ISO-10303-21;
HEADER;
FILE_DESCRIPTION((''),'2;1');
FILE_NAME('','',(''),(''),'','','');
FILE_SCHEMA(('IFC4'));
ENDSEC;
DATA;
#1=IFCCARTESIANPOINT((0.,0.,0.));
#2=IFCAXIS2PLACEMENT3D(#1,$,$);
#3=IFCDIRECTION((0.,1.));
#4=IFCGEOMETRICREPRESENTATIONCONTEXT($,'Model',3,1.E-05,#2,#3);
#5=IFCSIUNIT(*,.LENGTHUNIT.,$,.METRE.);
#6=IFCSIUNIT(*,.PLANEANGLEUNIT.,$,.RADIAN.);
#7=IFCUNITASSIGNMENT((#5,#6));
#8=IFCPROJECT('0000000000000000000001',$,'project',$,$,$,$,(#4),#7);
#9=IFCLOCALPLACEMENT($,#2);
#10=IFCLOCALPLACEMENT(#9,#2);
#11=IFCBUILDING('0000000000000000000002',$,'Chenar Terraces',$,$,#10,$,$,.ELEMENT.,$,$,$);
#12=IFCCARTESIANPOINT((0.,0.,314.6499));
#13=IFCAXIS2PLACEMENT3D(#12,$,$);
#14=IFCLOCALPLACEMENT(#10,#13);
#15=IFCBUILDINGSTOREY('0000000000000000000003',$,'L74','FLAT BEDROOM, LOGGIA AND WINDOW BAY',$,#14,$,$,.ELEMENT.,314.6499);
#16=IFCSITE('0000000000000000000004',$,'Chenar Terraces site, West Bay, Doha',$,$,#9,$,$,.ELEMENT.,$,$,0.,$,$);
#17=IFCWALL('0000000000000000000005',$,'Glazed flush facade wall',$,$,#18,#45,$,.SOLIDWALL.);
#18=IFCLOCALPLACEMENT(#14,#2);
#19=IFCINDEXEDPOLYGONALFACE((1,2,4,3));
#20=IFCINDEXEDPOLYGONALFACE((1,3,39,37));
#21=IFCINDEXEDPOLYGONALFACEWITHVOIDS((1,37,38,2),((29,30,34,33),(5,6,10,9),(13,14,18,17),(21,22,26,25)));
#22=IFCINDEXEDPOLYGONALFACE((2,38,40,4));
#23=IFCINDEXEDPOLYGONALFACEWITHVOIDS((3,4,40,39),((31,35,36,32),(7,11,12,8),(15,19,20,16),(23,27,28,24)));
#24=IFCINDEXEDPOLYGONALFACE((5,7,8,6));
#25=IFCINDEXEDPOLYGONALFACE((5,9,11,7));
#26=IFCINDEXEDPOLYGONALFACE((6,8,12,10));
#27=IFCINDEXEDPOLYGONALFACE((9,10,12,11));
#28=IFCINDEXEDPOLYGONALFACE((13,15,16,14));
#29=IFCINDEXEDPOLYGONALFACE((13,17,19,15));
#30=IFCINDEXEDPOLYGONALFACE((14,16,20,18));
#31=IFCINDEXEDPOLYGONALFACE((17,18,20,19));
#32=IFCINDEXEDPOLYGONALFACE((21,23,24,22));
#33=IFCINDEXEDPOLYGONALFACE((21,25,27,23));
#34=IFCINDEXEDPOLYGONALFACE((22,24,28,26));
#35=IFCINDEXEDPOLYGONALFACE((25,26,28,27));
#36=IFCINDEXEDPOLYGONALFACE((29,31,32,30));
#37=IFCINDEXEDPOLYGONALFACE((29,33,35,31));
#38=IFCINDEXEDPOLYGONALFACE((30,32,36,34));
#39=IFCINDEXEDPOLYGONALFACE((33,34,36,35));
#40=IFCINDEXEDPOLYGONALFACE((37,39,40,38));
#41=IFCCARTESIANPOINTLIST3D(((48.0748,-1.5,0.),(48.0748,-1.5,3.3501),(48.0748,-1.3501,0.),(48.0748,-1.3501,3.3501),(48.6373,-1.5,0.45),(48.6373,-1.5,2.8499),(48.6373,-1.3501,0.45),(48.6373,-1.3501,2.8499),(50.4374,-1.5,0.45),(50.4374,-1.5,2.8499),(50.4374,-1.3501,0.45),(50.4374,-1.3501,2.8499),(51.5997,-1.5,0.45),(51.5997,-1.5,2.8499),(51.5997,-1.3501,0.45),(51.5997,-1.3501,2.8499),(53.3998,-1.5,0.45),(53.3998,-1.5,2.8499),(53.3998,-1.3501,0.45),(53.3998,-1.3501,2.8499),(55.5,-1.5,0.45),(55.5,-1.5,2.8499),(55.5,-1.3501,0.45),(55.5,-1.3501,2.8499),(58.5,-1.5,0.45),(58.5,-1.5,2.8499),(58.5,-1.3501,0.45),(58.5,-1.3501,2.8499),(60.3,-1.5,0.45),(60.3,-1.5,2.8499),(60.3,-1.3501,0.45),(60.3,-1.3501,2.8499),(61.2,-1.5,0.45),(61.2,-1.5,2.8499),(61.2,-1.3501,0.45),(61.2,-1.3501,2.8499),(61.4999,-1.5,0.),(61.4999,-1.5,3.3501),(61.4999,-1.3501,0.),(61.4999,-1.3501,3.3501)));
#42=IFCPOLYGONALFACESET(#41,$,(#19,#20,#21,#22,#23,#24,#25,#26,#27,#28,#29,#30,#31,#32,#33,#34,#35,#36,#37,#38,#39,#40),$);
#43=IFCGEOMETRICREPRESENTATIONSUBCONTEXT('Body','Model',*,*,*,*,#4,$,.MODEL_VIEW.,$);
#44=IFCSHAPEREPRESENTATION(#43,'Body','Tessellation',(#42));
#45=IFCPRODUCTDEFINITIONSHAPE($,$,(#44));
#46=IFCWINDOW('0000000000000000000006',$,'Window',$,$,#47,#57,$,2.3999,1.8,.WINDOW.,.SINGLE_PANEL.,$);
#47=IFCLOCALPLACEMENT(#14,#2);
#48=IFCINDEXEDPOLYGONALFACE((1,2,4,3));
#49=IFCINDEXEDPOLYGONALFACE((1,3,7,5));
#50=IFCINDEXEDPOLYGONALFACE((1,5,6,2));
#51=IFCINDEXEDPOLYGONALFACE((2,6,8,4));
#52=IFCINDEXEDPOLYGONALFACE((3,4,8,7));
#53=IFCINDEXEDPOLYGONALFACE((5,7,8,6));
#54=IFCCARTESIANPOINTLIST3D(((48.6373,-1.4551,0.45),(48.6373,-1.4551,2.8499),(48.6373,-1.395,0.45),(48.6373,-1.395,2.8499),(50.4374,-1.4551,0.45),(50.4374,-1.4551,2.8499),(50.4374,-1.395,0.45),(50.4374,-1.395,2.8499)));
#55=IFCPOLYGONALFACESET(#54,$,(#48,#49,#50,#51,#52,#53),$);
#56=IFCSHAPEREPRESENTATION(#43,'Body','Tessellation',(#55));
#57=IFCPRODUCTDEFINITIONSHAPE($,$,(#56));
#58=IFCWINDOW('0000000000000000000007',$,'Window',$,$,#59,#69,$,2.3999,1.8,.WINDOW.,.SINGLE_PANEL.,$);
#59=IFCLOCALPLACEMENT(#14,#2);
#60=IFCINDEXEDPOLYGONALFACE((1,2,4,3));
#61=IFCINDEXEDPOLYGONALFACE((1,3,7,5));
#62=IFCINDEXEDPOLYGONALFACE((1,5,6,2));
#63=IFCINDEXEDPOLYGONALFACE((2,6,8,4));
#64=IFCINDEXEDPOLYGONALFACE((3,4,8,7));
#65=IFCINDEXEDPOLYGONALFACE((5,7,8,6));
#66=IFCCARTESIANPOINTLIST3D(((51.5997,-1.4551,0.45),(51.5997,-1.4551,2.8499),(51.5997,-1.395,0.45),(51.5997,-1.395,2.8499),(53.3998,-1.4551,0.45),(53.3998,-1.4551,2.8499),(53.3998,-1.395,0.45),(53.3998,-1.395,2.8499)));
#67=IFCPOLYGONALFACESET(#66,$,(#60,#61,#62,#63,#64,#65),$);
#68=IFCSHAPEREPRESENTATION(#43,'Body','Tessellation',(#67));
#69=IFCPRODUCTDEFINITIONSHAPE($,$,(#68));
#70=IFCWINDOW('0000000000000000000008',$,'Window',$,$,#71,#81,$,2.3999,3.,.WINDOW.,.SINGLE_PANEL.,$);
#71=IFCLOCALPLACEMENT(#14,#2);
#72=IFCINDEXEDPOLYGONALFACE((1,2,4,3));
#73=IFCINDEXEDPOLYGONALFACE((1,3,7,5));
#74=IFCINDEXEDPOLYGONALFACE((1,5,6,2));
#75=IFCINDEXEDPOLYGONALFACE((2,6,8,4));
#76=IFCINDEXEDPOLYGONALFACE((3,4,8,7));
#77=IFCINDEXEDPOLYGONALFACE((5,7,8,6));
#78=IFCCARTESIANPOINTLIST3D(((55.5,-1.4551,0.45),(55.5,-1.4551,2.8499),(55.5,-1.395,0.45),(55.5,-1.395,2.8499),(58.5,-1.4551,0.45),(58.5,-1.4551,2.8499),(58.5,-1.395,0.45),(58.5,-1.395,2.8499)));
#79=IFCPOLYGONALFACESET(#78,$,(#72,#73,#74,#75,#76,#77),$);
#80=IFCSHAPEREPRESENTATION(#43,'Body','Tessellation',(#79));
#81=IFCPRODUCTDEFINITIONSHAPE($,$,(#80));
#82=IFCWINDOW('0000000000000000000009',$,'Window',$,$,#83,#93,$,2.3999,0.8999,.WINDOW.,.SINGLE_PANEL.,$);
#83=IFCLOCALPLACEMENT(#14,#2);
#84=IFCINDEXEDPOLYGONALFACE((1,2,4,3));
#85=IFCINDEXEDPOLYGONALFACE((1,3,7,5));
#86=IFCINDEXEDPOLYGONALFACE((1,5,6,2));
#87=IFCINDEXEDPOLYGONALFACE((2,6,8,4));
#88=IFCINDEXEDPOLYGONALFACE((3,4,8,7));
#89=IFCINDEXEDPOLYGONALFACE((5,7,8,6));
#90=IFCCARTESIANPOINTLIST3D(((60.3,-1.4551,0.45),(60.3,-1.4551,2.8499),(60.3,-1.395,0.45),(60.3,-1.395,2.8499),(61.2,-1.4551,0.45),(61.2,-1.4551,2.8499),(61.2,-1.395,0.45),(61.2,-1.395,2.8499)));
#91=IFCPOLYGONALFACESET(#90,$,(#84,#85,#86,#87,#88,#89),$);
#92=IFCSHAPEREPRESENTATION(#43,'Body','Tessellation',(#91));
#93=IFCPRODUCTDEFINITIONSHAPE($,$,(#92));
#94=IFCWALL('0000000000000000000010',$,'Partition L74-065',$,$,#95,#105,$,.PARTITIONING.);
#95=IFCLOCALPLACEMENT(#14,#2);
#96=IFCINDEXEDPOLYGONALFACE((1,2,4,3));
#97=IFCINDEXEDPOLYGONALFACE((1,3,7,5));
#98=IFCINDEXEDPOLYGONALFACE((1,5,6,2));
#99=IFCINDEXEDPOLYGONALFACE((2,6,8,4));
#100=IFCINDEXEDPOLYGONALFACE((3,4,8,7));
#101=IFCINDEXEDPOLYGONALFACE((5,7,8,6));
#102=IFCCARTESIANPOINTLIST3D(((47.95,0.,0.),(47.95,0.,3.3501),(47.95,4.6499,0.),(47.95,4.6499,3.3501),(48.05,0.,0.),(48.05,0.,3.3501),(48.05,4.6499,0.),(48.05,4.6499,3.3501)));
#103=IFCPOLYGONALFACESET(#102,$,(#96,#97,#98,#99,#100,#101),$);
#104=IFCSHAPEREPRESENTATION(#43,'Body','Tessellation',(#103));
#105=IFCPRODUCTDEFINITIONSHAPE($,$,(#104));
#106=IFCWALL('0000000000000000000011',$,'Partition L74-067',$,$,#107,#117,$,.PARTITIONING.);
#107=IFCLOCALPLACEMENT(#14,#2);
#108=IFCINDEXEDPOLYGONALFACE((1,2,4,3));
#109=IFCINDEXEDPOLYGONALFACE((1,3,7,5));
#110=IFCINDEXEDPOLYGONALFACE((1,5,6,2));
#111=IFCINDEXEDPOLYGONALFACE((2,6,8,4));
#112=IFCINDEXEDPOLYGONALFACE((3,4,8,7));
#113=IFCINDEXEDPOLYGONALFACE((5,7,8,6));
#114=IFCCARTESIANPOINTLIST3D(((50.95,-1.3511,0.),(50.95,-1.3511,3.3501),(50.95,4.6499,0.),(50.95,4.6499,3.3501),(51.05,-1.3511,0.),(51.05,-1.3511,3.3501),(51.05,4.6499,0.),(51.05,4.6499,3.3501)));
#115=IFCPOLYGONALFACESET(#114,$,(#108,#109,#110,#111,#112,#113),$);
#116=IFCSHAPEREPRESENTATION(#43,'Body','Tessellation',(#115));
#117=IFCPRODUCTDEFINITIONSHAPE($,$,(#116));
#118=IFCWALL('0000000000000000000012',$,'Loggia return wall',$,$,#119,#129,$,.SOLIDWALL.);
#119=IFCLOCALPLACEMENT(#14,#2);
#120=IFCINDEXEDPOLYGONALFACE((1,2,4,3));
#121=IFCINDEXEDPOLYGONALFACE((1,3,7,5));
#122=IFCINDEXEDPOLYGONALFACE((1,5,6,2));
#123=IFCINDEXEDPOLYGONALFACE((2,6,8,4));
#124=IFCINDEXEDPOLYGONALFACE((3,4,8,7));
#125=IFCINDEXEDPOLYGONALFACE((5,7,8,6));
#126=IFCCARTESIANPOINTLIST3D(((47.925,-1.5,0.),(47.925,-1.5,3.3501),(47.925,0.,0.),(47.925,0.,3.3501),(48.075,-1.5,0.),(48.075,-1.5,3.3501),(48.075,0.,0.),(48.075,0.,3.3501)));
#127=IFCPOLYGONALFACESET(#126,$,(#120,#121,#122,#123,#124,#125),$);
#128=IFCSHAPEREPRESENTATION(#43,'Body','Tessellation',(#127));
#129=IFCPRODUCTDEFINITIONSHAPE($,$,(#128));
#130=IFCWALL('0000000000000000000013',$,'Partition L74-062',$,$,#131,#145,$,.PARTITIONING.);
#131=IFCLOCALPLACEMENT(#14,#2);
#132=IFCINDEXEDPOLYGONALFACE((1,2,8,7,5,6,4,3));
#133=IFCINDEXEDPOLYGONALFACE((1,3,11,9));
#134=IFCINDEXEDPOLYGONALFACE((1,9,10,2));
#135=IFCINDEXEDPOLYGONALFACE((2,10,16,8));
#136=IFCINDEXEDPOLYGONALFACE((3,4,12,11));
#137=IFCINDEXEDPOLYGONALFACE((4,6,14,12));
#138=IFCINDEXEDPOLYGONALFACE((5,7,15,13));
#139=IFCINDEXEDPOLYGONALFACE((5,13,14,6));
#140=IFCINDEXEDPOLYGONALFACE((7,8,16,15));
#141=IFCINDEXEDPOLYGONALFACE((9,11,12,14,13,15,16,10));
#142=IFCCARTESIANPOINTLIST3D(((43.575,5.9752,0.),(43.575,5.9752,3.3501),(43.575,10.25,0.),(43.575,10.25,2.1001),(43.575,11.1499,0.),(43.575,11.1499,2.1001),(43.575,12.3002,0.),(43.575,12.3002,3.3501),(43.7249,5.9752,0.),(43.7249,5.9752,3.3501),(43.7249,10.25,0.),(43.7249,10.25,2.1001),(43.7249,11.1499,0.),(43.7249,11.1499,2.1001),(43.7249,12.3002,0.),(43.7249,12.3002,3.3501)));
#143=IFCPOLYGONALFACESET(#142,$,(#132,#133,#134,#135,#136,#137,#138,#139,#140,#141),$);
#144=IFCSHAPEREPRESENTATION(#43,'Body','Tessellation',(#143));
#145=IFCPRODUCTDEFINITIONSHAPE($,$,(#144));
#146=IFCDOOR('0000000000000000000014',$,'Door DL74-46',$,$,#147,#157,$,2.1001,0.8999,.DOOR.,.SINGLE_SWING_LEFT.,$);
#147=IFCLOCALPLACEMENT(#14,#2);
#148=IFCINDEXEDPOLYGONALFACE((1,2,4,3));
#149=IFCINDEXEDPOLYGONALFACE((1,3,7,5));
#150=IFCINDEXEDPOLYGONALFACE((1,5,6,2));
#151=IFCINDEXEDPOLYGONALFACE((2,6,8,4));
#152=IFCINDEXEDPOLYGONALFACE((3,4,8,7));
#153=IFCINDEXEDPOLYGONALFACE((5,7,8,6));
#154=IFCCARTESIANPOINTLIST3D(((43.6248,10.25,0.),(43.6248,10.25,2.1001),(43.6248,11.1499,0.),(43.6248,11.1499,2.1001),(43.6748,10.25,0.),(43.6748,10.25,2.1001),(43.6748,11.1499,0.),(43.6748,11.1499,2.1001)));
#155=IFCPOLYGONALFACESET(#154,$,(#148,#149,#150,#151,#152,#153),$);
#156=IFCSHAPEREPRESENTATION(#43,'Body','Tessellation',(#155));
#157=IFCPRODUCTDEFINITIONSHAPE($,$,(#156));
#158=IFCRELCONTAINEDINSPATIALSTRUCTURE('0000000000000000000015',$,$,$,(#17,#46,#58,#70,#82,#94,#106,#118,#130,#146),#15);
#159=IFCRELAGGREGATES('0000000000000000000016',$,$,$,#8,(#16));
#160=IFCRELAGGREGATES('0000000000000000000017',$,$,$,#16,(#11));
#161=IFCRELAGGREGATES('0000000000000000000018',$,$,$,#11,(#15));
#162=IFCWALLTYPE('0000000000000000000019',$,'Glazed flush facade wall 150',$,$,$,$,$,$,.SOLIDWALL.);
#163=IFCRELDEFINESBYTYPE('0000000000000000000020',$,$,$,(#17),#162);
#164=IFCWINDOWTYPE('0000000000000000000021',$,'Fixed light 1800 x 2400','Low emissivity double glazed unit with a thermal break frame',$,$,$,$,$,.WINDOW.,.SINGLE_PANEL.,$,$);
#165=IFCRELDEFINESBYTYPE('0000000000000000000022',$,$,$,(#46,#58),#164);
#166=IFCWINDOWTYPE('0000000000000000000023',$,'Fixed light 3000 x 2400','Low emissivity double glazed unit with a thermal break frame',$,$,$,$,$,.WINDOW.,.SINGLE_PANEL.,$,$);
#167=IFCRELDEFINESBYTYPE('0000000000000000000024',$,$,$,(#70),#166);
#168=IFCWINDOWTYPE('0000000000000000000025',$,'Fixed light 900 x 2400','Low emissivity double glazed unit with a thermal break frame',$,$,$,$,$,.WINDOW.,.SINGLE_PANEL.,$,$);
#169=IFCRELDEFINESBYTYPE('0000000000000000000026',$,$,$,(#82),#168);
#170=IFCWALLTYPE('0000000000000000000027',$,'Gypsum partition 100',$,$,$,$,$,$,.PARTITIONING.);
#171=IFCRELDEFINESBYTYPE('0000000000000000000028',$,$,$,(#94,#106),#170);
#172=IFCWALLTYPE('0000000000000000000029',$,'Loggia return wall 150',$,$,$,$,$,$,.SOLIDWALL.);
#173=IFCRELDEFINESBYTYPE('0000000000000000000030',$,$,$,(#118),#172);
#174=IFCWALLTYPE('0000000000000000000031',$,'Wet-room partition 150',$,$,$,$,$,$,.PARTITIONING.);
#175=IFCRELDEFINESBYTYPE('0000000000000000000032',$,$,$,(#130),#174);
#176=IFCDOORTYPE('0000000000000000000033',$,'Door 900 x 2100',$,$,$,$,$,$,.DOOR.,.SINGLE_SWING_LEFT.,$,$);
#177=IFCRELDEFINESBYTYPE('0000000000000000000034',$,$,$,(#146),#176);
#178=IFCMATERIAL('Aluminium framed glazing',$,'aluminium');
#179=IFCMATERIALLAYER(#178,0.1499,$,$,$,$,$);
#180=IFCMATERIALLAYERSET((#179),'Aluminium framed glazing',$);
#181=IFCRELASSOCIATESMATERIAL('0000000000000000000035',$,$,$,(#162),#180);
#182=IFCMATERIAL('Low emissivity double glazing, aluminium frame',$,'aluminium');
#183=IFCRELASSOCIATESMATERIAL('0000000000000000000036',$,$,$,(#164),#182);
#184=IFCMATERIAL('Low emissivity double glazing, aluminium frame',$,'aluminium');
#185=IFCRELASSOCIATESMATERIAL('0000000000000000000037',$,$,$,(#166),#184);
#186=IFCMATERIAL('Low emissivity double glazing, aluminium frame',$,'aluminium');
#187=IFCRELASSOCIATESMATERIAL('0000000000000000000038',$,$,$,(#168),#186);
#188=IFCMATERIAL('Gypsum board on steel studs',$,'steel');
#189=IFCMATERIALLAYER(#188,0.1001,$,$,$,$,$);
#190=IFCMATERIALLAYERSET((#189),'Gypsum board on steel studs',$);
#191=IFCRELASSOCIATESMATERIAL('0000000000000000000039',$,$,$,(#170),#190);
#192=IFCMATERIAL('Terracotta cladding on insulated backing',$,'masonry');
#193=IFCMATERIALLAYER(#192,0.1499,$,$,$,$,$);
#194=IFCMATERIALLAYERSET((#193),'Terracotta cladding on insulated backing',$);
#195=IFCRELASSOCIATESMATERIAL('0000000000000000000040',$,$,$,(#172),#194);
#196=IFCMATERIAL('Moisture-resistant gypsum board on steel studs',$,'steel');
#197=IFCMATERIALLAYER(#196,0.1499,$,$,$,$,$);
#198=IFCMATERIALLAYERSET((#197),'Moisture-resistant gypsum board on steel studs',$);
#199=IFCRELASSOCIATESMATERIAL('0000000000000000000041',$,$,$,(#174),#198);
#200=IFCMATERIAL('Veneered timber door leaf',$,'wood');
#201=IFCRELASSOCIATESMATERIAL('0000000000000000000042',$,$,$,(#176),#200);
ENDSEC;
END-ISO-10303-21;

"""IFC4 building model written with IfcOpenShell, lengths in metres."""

from ifc_helpers import new_model, si_unit, direction, frame, frame_2d, origin, place, context, subcontext, project, spatial, rectangle, extrude, material, layer, layer_set, type_object, element, fill, save


model = new_model("IFC4")

# Units and contexts
model_context = context("Model", 3, precision=1e-05, world=origin(), true_north=direction((0.0, 1.0)))
body_context = subcontext(model_context, "Body", "Model", "MODEL_VIEW")
ifc_project = project(units=[si_unit("LENGTHUNIT", "METRE"), si_unit("PLANEANGLEUNIT", "RADIAN")], contexts=[model_context])

# Site, building, storey
site_placement = place(None, origin())
site = spatial("IfcSite", under=ifc_project, at=site_placement, Name="Chenar Terraces site, West Bay, Doha", CompositionType="ELEMENT", RefElevation=0.0)
building_placement = place(site_placement, origin())
building = spatial("IfcBuilding", under=site, at=building_placement, Name="Chenar Terraces", CompositionType="ELEMENT")
storey_placement = place(building_placement, frame((0.0, 0.0, 314.6499)))
storey = spatial("IfcBuildingStorey", under=building, at=storey_placement, Name="L74", Description="FLAT BEDROOM, LOGGIA AND WINDOW BAY", CompositionType="ELEMENT", Elevation=314.6499)

# Wall, openings, windows
ifc_material_1 = material(Name="Aluminium framed glazing", Category="aluminium")
ifc_layer_1 = layer(ifc_material_1, 0.1499)
ifc_layer_set_1 = layer_set([ifc_layer_1], Name="Aluminium framed glazing")
wall_type_1 = type_object("IfcWallType", Name="Glazed flush facade wall 150", PredefinedType="SOLIDWALL", material=ifc_layer_set_1)
wall_1_placement = place(storey_placement, frame((48.075, -1.425, 0.0), z_axis=(0.0, 0.0, 1.0), x_axis=(1.0, 0.0, 0.0)))
wall_1 = element("IfcWall", 1, at=wall_1_placement, inside=storey, type_object=wall_type_1, Name="Glazed flush facade wall", PredefinedType="SOLIDWALL", context=body_context, shape_type="SweptSolid", body=[
    extrude(rectangle(XDim=13.425, YDim=0.1499, at=frame_2d((6.7124, 0.0))), origin(), (0.0, 0.0, 1.0), 3.3501),
])
opening_1_placement = place(wall_1_placement, frame((0.5625, 0.0, 0.45)))
opening_1 = element("IfcOpeningElement", 2, at=opening_1_placement, cuts=wall_1, PredefinedType="OPENING", context=body_context, shape_type="SweptSolid", body=[
    extrude(rectangle(XDim=1.8, YDim=2.3999, at=frame_2d((0.8999, 1.2))), frame((0.0, 0.085, 0.0), z_axis=(0.0, -1.0, 0.0), x_axis=(1.0, 0.0, 0.0)), (0.0, 0.0, 1.0), 0.1699),
])
opening_2_placement = place(wall_1_placement, frame((3.5249, 0.0, 0.45)))
opening_2 = element("IfcOpeningElement", 3, at=opening_2_placement, cuts=wall_1, PredefinedType="OPENING", context=body_context, shape_type="SweptSolid", body=[
    extrude(rectangle(XDim=1.8, YDim=2.3999, at=frame_2d((0.8999, 1.2))), frame((0.0, 0.085, 0.0), z_axis=(0.0, -1.0, 0.0), x_axis=(1.0, 0.0, 0.0)), (0.0, 0.0, 1.0), 0.1699),
])
opening_3_placement = place(wall_1_placement, frame((7.425, 0.0, 0.45)))
opening_3 = element("IfcOpeningElement", 4, at=opening_3_placement, cuts=wall_1, PredefinedType="OPENING", context=body_context, shape_type="SweptSolid", body=[
    extrude(rectangle(XDim=3.0, YDim=2.3999, at=frame_2d((1.5, 1.2))), frame((0.0, 0.085, 0.0), z_axis=(0.0, -1.0, 0.0), x_axis=(1.0, 0.0, 0.0)), (0.0, 0.0, 1.0), 0.1699),
])
opening_4_placement = place(wall_1_placement, frame((12.2251, 0.0, 0.45)))
opening_4 = element("IfcOpeningElement", 5, at=opening_4_placement, cuts=wall_1, PredefinedType="OPENING", context=body_context, shape_type="SweptSolid", body=[
    extrude(rectangle(XDim=0.8999, YDim=2.3999, at=frame_2d((0.45, 1.2))), frame((0.0, 0.085, 0.0), z_axis=(0.0, -1.0, 0.0), x_axis=(1.0, 0.0, 0.0)), (0.0, 0.0, 1.0), 0.1699),
])
ifc_material_2 = material(Name="Low emissivity double glazing, aluminium frame", Category="aluminium")
window_type_1 = type_object("IfcWindowType", Name="Fixed light 1800 x 2400", Description="Low emissivity double glazed unit with a thermal break frame", PartitioningType="SINGLE_PANEL", PredefinedType="WINDOW", material=ifc_material_2)
window_1_placement = place(opening_1_placement, origin())
window_1 = element("IfcWindow", 6, at=window_1_placement, inside=storey, type_object=window_type_1, Name="Window", OverallHeight=2.3999, OverallWidth=1.8, PartitioningType="SINGLE_PANEL", PredefinedType="WINDOW", context=body_context, shape_type="SweptSolid", body=[
    extrude(rectangle(XDim=1.8, YDim=2.3999, at=frame_2d((0.8999, 1.2))), frame((0.0, 0.03, 0.0), z_axis=(0.0, -1.0, 0.0), x_axis=(1.0, 0.0, 0.0)), (0.0, 0.0, 1.0), 0.0601),
])
fill(opening_1, window_1)
window_2_placement = place(opening_2_placement, origin())
window_2 = element("IfcWindow", 7, at=window_2_placement, inside=storey, type_object=window_type_1, Name="Window", OverallHeight=2.3999, OverallWidth=1.8, PartitioningType="SINGLE_PANEL", PredefinedType="WINDOW", context=body_context, shape_type="SweptSolid", body=[
    extrude(rectangle(XDim=1.8, YDim=2.3999, at=frame_2d((0.8999, 1.2))), frame((0.0, 0.03, 0.0), z_axis=(0.0, -1.0, 0.0), x_axis=(1.0, 0.0, 0.0)), (0.0, 0.0, 1.0), 0.0601),
])
fill(opening_2, window_2)
ifc_material_3 = material(Name="Low emissivity double glazing, aluminium frame", Category="aluminium")
window_type_2 = type_object("IfcWindowType", Name="Fixed light 3000 x 2400", Description="Low emissivity double glazed unit with a thermal break frame", PartitioningType="SINGLE_PANEL", PredefinedType="WINDOW", material=ifc_material_3)
window_3_placement = place(opening_3_placement, origin())
window_3 = element("IfcWindow", 8, at=window_3_placement, inside=storey, type_object=window_type_2, Name="Window", OverallHeight=2.3999, OverallWidth=3.0, PartitioningType="SINGLE_PANEL", PredefinedType="WINDOW", context=body_context, shape_type="SweptSolid", body=[
    extrude(rectangle(XDim=3.0, YDim=2.3999, at=frame_2d((1.5, 1.2))), frame((0.0, 0.03, 0.0), z_axis=(0.0, -1.0, 0.0), x_axis=(1.0, 0.0, 0.0)), (0.0, 0.0, 1.0), 0.0601),
])
fill(opening_3, window_3)
ifc_material_4 = material(Name="Low emissivity double glazing, aluminium frame", Category="aluminium")
window_type_3 = type_object("IfcWindowType", Name="Fixed light 900 x 2400", Description="Low emissivity double glazed unit with a thermal break frame", PartitioningType="SINGLE_PANEL", PredefinedType="WINDOW", material=ifc_material_4)
window_4_placement = place(opening_4_placement, origin())
window_4 = element("IfcWindow", 9, at=window_4_placement, inside=storey, type_object=window_type_3, Name="Window", OverallHeight=2.3999, OverallWidth=0.8999, PartitioningType="SINGLE_PANEL", PredefinedType="WINDOW", context=body_context, shape_type="SweptSolid", body=[
    extrude(rectangle(XDim=0.8999, YDim=2.3999, at=frame_2d((0.45, 1.2))), frame((0.0, 0.03, 0.0), z_axis=(0.0, -1.0, 0.0), x_axis=(1.0, 0.0, 0.0)), (0.0, 0.0, 1.0), 0.0601),
])
fill(opening_4, window_4)

# Walls
ifc_material_5 = material(Name="Gypsum board on steel studs", Category="steel")
ifc_layer_2 = layer(ifc_material_5, 0.1001)
ifc_layer_set_2 = layer_set([ifc_layer_2], Name="Gypsum board on steel studs")
wall_type_2 = type_object("IfcWallType", Name="Gypsum partition 100", PredefinedType="PARTITIONING", material=ifc_layer_set_2)
wall_2_placement = place(storey_placement, frame((48.0, 0.0, 0.0), z_axis=(0.0, 0.0, 1.0), x_axis=(0.0, 1.0, 0.0)))
element("IfcWall", 10, at=wall_2_placement, inside=storey, type_object=wall_type_2, Name="Partition L74-065", PredefinedType="PARTITIONING", context=body_context, shape_type="SweptSolid", body=[
    extrude(rectangle(XDim=4.6499, YDim=0.1001, at=frame_2d((2.325, 0.0))), origin(), (0.0, 0.0, 1.0), 3.3501),
])
wall_3_placement = place(storey_placement, frame((51.0, -1.3511, 0.0), z_axis=(0.0, 0.0, 1.0), x_axis=(0.0, 1.0, 0.0)))
element("IfcWall", 11, at=wall_3_placement, inside=storey, type_object=wall_type_2, Name="Partition L74-067", PredefinedType="PARTITIONING", context=body_context, shape_type="SweptSolid", body=[
    extrude(rectangle(XDim=6.001, YDim=0.1001, at=frame_2d((3.0005, 0.0))), origin(), (0.0, 0.0, 1.0), 3.3501),
])
ifc_material_6 = material(Name="Terracotta cladding on insulated backing", Category="masonry")
ifc_layer_3 = layer(ifc_material_6, 0.1499)
ifc_layer_set_3 = layer_set([ifc_layer_3], Name="Terracotta cladding on insulated backing")
wall_type_3 = type_object("IfcWallType", Name="Loggia return wall 150", PredefinedType="SOLIDWALL", material=ifc_layer_set_3)
wall_4_placement = place(storey_placement, frame((48.0, -1.5, 0.0), z_axis=(0.0, 0.0, 1.0), x_axis=(0.0, 1.0, 0.0)))
element("IfcWall", 12, at=wall_4_placement, inside=storey, type_object=wall_type_3, Name="Loggia return wall", PredefinedType="SOLIDWALL", context=body_context, shape_type="SweptSolid", body=[
    extrude(rectangle(XDim=1.5, YDim=0.1499, at=frame_2d((0.75, 0.0))), origin(), (0.0, 0.0, 1.0), 3.3501),
])

# Wall, opening, door
ifc_material_7 = material(Name="Moisture-resistant gypsum board on steel studs", Category="steel")
ifc_layer_4 = layer(ifc_material_7, 0.1499)
ifc_layer_set_4 = layer_set([ifc_layer_4], Name="Moisture-resistant gypsum board on steel studs")
wall_type_4 = type_object("IfcWallType", Name="Wet-room partition 150", PredefinedType="PARTITIONING", material=ifc_layer_set_4)
wall_5_placement = place(storey_placement, frame((43.6499, 5.9751, 0.0), z_axis=(0.0, 0.0, 1.0), x_axis=(0.0, 1.0, 0.0)))
wall_5 = element("IfcWall", 13, at=wall_5_placement, inside=storey, type_object=wall_type_4, Name="Partition L74-062", PredefinedType="PARTITIONING", context=body_context, shape_type="SweptSolid", body=[
    extrude(rectangle(XDim=6.325, YDim=0.1499, at=frame_2d((3.1626, 0.0))), origin(), (0.0, 0.0, 1.0), 3.3501),
])
opening_5_placement = place(wall_5_placement, frame((4.2749, 0.0, 0.0)))
opening_5 = element("IfcOpeningElement", 14, at=opening_5_placement, cuts=wall_5, PredefinedType="OPENING", context=body_context, shape_type="SweptSolid", body=[
    extrude(rectangle(XDim=0.8999, YDim=2.1001, at=frame_2d((0.45, 1.05))), frame((0.0, 0.085, 0.0), z_axis=(0.0, -1.0, 0.0), x_axis=(1.0, 0.0, 0.0)), (0.0, 0.0, 1.0), 0.1699),
])
ifc_material_8 = material(Name="Veneered timber door leaf", Category="wood")
door_type_1 = type_object("IfcDoorType", Name="Door 900 x 2100", OperationType="SINGLE_SWING_LEFT", PredefinedType="DOOR", material=ifc_material_8)
door_1_placement = place(opening_5_placement, frame((0.8999, 0.0, 0.0), z_axis=(0.0, 0.0, 1.0), x_axis=(-1.0, 0.0, 0.0)))
door_1 = element("IfcDoor", 15, at=door_1_placement, inside=storey, type_object=door_type_1, Name="Door DL74-46", OperationType="SINGLE_SWING_LEFT", OverallHeight=2.1001, OverallWidth=0.8999, PredefinedType="DOOR", context=body_context, shape_type="SweptSolid", body=[
    extrude(rectangle(XDim=0.8999, YDim=2.1001, at=frame_2d((0.45, 1.05))), frame((0.0, 0.0249, 0.0), z_axis=(0.0, -1.0, 0.0), x_axis=(1.0, 0.0, 0.0)), (0.0, 0.0, 1.0), 0.05),
])
fill(opening_5, door_1)

save(model, "model.ifc")
